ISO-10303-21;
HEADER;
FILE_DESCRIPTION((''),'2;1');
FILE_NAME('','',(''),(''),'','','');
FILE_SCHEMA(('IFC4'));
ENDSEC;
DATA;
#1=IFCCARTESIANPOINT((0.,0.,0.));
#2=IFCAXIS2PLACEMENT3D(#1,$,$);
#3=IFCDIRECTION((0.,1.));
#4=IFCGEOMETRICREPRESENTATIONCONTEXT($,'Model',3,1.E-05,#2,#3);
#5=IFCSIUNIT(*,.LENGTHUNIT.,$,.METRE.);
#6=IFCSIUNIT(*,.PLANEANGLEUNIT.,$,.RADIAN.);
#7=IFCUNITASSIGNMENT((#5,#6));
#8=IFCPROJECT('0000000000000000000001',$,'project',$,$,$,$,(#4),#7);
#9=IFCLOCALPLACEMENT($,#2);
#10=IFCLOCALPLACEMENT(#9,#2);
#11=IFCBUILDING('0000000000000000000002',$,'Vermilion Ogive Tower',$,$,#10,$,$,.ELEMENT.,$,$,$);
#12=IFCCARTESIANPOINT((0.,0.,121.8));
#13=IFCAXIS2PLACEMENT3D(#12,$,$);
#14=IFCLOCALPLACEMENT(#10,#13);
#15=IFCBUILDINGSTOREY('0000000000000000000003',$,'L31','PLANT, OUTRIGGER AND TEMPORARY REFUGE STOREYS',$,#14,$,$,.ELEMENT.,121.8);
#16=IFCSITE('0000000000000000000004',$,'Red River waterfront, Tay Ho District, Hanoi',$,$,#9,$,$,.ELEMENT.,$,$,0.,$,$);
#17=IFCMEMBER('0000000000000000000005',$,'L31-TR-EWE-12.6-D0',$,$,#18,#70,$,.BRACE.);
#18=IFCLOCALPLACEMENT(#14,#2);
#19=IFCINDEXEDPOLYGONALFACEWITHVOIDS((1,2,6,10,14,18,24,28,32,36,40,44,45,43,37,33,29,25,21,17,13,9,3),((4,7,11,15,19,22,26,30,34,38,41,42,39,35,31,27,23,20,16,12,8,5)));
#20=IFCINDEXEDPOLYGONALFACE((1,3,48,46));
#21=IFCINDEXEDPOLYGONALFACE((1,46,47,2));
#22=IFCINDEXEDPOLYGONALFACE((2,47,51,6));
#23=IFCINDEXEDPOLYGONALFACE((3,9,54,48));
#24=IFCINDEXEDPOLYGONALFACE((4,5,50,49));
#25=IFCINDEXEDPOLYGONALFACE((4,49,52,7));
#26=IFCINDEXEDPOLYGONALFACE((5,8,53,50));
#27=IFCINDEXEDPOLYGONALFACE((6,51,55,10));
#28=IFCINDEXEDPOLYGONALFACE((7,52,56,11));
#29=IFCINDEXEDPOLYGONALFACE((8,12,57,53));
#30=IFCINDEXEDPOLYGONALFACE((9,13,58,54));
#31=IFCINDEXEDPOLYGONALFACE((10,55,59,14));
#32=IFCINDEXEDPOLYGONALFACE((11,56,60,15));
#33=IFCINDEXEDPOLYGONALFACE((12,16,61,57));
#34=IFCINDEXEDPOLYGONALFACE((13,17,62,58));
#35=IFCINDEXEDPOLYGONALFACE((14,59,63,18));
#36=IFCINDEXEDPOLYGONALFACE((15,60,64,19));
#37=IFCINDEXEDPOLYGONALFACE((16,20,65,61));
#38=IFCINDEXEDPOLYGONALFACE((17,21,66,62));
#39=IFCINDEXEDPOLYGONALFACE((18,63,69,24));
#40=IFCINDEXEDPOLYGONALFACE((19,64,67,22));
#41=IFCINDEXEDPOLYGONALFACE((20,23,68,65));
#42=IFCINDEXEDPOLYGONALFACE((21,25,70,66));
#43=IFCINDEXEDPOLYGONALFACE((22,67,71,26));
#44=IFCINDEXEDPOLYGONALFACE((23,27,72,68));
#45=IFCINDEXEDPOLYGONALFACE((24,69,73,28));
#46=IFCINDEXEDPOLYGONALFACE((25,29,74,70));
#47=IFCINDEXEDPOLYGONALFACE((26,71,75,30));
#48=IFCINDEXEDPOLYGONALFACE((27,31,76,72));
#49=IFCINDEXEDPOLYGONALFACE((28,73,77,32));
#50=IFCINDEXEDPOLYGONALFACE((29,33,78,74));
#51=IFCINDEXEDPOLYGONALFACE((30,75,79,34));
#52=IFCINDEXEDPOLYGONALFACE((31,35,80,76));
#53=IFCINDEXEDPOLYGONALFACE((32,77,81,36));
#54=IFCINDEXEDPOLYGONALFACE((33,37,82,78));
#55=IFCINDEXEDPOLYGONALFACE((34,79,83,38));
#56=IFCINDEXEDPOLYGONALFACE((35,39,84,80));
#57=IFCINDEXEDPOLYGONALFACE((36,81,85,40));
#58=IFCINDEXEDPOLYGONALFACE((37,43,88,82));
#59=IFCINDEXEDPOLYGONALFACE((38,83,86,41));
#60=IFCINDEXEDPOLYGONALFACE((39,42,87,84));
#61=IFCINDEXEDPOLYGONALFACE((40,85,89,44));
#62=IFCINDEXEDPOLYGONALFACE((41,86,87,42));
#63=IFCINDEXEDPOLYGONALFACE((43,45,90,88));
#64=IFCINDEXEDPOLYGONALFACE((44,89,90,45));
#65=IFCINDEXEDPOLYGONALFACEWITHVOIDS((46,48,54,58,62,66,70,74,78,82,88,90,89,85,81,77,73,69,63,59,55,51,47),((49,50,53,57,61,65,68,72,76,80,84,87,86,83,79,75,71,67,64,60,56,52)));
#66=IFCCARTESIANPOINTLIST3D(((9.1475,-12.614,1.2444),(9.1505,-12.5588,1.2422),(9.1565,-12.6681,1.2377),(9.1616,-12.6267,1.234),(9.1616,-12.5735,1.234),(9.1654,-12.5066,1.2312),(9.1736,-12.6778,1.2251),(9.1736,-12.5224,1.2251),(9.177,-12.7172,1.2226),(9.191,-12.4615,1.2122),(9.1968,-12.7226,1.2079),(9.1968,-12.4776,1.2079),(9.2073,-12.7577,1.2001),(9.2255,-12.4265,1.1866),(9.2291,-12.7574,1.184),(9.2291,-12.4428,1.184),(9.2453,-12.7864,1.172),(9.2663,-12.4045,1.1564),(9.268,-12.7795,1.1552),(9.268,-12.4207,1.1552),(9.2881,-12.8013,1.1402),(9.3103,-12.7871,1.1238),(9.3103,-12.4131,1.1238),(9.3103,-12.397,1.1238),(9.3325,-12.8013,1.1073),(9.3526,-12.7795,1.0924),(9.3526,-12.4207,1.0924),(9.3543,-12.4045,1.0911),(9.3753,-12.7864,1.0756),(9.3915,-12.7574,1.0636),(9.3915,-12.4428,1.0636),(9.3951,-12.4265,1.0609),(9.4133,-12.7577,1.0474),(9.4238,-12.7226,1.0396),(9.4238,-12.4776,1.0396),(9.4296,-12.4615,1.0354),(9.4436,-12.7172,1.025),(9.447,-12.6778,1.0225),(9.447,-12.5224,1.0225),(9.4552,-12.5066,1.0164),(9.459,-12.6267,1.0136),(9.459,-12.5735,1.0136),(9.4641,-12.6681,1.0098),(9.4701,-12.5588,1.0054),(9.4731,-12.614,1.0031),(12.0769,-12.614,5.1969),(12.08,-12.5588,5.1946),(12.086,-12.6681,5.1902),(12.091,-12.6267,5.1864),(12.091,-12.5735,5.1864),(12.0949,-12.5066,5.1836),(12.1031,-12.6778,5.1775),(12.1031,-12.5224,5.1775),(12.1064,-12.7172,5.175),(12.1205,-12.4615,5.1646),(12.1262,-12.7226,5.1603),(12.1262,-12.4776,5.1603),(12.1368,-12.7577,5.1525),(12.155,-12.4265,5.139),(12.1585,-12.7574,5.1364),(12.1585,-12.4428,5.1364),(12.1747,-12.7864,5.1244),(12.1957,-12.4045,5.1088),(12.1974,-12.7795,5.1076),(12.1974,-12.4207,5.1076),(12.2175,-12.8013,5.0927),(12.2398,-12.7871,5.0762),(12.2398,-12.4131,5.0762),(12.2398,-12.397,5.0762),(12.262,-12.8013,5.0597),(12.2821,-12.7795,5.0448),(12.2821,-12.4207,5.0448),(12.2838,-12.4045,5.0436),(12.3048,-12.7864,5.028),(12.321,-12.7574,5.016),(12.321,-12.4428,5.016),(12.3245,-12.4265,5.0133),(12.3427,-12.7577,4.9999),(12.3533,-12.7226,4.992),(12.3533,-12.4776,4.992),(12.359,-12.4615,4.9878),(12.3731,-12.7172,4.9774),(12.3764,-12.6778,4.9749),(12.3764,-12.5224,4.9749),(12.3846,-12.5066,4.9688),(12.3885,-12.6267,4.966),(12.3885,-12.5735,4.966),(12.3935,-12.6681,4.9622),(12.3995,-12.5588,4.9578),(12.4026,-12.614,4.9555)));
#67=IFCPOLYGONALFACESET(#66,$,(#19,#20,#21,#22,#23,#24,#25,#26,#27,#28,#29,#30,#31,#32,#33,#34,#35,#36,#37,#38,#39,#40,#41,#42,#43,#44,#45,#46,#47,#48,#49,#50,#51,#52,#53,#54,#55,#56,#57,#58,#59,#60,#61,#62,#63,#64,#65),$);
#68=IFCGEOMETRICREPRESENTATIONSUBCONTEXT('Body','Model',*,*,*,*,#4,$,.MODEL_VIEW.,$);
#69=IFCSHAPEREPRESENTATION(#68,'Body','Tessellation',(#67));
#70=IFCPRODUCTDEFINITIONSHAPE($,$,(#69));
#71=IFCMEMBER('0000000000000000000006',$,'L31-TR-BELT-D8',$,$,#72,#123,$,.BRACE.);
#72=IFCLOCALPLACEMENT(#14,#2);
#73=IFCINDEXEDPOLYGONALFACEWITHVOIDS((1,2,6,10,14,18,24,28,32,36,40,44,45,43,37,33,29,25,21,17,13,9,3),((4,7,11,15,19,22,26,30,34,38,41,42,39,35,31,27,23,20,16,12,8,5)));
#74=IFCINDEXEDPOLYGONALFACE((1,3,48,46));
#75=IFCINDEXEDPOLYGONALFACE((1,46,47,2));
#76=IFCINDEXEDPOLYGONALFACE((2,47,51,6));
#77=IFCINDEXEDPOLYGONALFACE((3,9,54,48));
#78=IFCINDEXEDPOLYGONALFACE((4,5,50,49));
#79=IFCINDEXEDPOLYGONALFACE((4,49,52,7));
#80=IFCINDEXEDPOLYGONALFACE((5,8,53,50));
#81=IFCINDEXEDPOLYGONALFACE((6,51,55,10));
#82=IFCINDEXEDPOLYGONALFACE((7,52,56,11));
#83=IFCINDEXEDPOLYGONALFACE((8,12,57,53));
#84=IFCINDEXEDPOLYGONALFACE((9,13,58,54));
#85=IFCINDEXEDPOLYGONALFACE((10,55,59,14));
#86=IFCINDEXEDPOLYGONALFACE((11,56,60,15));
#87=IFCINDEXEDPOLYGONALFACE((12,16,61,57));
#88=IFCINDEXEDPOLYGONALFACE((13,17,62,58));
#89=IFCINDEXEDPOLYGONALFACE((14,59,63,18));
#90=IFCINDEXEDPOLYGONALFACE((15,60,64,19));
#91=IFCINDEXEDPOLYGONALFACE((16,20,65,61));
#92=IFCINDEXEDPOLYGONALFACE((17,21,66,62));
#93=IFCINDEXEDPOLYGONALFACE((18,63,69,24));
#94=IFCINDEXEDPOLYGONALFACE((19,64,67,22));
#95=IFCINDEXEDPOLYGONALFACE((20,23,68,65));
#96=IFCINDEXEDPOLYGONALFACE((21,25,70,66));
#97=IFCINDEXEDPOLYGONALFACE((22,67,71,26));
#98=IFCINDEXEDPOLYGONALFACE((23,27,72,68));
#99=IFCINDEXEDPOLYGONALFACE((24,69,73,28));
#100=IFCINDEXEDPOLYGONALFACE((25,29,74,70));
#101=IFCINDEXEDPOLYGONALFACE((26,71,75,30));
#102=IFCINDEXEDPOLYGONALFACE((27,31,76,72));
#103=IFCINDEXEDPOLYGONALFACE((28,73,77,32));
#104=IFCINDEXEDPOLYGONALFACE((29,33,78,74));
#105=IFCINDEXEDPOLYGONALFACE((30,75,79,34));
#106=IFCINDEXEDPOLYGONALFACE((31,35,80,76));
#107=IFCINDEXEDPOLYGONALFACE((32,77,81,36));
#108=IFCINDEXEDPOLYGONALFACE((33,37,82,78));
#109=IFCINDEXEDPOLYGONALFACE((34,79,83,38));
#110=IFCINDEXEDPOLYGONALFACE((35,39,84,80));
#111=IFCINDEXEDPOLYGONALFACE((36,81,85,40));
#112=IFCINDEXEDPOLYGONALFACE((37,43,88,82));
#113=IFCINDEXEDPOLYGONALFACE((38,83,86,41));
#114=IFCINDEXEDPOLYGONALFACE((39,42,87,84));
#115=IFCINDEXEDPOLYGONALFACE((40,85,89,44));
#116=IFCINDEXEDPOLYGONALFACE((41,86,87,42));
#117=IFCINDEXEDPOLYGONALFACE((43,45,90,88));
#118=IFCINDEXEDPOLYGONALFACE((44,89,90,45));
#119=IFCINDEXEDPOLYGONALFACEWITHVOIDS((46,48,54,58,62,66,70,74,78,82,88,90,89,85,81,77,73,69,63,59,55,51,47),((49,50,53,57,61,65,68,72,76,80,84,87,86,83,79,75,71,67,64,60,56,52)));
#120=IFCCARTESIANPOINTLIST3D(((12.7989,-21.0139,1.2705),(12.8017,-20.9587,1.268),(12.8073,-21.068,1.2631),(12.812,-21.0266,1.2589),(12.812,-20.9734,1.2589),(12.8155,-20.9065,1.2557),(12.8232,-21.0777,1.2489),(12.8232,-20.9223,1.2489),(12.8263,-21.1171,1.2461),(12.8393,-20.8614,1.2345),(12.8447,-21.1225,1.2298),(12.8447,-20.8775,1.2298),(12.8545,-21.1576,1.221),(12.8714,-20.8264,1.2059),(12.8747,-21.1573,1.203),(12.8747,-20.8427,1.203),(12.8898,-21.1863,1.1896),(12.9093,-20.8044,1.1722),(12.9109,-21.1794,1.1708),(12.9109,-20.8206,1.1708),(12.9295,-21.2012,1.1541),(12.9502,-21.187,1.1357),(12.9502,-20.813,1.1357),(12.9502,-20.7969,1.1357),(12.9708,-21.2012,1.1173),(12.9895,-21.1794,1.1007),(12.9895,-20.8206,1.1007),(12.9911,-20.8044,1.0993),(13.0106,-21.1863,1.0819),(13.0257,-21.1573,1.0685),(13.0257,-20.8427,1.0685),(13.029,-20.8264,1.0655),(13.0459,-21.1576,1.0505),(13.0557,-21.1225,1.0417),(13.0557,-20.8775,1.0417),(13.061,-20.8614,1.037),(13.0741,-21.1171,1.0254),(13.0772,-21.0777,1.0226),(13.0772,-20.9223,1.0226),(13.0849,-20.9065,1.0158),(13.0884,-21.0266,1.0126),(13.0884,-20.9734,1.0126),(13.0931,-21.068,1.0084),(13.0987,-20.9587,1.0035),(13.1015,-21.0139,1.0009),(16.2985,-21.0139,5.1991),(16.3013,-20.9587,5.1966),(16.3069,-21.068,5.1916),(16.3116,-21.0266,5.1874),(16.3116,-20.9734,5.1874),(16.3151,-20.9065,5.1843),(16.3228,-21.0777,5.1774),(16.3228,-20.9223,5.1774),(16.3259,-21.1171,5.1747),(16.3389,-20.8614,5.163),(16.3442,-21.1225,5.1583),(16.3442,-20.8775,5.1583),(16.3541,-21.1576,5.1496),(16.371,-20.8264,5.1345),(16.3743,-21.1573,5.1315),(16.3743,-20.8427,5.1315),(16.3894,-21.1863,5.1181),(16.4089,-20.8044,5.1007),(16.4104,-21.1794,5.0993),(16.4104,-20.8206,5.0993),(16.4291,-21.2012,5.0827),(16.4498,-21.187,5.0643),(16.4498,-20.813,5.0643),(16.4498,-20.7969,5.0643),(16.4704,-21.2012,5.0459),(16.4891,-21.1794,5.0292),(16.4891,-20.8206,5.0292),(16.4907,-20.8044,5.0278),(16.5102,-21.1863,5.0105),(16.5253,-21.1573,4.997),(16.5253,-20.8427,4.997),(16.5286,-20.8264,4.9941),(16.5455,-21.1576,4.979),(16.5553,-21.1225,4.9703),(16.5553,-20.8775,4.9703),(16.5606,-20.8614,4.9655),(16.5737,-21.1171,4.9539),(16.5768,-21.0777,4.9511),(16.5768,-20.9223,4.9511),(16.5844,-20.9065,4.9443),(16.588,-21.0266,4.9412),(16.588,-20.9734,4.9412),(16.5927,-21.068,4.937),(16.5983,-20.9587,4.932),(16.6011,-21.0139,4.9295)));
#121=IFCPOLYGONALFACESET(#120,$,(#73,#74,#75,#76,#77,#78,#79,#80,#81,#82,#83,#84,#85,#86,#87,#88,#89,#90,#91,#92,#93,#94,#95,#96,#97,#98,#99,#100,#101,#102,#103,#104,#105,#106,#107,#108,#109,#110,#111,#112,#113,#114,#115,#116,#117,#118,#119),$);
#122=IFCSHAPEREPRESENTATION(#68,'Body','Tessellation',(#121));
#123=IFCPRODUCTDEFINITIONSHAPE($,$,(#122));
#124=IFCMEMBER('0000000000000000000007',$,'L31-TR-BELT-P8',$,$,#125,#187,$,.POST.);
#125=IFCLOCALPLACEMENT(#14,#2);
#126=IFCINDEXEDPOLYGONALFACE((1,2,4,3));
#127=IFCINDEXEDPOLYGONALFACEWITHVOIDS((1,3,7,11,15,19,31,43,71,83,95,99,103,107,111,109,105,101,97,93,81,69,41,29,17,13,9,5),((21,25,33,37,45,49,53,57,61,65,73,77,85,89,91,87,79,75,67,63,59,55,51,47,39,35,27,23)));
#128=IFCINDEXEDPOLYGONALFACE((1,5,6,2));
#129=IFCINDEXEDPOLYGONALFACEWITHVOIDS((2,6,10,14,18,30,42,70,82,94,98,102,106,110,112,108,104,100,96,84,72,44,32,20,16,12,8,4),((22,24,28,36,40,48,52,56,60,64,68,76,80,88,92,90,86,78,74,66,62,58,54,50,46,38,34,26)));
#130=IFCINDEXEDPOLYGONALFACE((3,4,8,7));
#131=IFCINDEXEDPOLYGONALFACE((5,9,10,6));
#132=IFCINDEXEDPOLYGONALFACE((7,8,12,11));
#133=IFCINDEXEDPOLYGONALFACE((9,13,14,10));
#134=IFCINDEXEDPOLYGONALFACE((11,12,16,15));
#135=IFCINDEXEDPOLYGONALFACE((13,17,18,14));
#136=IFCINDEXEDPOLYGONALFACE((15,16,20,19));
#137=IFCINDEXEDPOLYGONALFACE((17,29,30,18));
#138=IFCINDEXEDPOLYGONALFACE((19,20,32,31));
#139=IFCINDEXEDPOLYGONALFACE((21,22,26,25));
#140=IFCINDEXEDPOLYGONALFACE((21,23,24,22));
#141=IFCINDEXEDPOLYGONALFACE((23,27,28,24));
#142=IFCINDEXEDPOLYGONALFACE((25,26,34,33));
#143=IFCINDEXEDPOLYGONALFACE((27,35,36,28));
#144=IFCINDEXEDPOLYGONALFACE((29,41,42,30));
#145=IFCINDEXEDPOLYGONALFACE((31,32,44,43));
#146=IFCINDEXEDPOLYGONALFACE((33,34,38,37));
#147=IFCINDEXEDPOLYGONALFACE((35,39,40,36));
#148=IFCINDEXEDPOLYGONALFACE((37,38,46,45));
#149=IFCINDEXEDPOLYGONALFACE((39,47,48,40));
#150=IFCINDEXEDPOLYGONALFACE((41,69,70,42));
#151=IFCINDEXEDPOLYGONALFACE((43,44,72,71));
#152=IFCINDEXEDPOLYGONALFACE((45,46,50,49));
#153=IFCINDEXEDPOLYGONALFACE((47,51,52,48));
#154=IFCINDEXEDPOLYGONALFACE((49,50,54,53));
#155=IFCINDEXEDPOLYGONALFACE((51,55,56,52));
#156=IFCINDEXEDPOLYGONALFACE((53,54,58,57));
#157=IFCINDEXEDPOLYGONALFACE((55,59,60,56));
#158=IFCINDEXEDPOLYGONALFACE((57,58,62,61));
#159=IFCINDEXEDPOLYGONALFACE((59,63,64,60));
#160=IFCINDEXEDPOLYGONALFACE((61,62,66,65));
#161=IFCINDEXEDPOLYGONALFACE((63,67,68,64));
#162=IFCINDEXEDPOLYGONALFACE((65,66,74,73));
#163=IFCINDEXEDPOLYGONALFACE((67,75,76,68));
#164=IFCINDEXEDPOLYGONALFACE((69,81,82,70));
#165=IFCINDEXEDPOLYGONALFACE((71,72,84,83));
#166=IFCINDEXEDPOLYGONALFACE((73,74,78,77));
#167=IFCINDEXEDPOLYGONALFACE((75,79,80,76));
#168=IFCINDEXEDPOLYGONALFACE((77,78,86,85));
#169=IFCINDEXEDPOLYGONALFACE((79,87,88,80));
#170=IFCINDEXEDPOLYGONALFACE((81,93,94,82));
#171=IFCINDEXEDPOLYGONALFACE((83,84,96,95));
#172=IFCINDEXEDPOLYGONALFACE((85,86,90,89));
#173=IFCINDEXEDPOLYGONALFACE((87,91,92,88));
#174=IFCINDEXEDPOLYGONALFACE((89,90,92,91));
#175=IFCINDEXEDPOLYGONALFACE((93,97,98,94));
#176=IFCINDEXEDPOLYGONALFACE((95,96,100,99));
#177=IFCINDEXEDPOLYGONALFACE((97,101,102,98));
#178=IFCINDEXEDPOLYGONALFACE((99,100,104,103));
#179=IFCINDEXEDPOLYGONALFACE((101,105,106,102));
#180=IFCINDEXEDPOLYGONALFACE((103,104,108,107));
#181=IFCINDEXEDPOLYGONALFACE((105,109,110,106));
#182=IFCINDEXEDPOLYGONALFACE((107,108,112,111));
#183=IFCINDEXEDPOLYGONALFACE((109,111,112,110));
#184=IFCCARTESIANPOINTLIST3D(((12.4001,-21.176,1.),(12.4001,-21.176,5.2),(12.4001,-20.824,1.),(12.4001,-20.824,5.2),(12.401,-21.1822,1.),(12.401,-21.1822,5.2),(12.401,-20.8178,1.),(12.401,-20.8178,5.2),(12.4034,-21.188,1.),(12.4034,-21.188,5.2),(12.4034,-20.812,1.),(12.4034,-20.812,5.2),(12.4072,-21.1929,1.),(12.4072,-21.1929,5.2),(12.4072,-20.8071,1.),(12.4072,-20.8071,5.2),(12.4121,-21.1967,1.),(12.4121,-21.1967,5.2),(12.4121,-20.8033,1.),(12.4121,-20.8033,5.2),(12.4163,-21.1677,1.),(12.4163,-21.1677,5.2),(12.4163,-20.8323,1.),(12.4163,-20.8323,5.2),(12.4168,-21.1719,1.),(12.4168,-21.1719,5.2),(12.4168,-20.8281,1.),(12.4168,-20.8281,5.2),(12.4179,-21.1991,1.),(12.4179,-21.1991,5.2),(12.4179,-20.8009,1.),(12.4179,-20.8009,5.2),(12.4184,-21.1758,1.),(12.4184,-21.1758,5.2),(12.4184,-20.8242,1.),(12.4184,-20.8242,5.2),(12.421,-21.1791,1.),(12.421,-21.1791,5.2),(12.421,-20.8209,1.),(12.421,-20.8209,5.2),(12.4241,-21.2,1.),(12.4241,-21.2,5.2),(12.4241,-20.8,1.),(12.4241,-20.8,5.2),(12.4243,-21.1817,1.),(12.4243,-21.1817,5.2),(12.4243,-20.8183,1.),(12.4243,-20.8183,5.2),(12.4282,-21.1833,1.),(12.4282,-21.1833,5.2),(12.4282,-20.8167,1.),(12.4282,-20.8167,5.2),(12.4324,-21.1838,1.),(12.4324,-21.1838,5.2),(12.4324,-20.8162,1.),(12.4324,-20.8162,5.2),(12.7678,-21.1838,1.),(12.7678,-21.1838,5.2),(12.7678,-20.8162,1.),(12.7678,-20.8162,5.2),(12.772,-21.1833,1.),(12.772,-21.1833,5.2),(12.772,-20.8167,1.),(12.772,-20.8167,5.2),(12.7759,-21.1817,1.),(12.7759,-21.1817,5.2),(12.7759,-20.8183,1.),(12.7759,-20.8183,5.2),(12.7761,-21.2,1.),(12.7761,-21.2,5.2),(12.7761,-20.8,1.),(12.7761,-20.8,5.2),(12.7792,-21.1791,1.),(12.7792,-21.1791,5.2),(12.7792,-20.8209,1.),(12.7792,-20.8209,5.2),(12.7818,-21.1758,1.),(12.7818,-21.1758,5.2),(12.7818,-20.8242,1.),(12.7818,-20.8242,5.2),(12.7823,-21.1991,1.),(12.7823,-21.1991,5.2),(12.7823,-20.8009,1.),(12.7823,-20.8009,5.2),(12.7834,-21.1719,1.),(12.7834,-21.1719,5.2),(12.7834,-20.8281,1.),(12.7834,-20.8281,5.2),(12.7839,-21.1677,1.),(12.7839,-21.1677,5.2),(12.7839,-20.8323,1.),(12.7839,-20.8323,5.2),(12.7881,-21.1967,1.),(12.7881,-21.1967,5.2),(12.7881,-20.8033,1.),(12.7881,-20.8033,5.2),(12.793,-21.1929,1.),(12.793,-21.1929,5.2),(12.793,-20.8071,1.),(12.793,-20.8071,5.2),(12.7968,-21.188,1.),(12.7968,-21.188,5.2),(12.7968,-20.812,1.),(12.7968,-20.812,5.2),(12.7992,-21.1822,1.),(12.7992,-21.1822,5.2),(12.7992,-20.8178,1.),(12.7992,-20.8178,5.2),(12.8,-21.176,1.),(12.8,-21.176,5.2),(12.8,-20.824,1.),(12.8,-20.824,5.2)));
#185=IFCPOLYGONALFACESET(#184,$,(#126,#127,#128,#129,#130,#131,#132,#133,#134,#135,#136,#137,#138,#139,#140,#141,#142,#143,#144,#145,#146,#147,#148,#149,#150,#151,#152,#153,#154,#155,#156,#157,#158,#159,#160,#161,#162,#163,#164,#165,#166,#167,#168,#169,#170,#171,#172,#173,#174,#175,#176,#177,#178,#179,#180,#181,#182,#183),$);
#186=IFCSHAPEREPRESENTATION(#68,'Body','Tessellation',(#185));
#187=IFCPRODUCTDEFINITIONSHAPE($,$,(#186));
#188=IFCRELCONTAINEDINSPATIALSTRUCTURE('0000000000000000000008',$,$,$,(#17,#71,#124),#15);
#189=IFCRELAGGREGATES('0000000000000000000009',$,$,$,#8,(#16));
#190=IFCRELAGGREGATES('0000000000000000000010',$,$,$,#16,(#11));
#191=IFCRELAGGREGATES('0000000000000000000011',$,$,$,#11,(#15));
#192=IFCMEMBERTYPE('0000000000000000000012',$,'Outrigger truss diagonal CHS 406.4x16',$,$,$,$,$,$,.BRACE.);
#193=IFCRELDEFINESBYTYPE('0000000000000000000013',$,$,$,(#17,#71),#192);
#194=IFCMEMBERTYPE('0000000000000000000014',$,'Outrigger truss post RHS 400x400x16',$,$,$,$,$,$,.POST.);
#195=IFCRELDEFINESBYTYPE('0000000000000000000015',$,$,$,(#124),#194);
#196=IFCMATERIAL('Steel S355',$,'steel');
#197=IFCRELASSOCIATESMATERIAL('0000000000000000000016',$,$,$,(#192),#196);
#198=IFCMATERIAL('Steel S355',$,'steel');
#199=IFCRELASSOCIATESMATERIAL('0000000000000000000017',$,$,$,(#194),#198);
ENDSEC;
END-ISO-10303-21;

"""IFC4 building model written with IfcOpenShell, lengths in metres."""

from ifc_helpers import new_model, si_unit, direction, frame, origin, origin_2d, place, context, subcontext, project, spatial, hollow_rectangle, hollow_circle, extrude, material, material_profile, profile_set, type_object, element, save


model = new_model("IFC4")

# Units and contexts
model_context = context("Model", 3, precision=1e-05, world=origin(), true_north=direction((0.0, 1.0)))
body_context = subcontext(model_context, "Body", "Model", "MODEL_VIEW")
ifc_project = project(units=[si_unit("LENGTHUNIT", "METRE"), si_unit("PLANEANGLEUNIT", "RADIAN")], contexts=[model_context])

# Site, building, storey
site_placement = place(None, origin())
site = spatial("IfcSite", under=ifc_project, at=site_placement, Name="Red River waterfront, Tay Ho District, Hanoi", CompositionType="ELEMENT", RefElevation=0.0)
building_placement = place(site_placement, origin())
building = spatial("IfcBuilding", under=site, at=building_placement, Name="Vermilion Ogive Tower", CompositionType="ELEMENT")
storey_placement = place(building_placement, frame((0.0, 0.0, 121.8)))
storey = spatial("IfcBuildingStorey", under=building, at=storey_placement, Name="L31", Description="PLANT, OUTRIGGER AND TEMPORARY REFUGE STOREYS", CompositionType="ELEMENT", Elevation=121.8)

# Members
ifc_material_1 = material(Name="Steel S355", Category="steel")
ifc_material_profile_1 = material_profile(ifc_material_1, hollow_circle(Radius=0.2031, WallThickness=0.0161, at=origin_2d()), Name="CHS 406.4x16")
ifc_profile_set_1 = profile_set([ifc_material_profile_1], Name="Steel S355")
member_type_1 = type_object("IfcMemberType", Name="Outrigger truss diagonal CHS 406.4x16", PredefinedType="BRACE", material=ifc_profile_set_1)
member_1_placement = place(storey_placement, frame((9.3103, -12.6001, 1.1238), z_axis=(0.595457, 0.0, 0.803387), x_axis=(0.0, 1.0, 0.0)))
element("IfcMember", 1, at=member_1_placement, inside=storey, type_object=member_type_1, Name="L31-TR-EWE-12.6-D0", PredefinedType="BRACE", context=body_context, shape_type="SweptSolid", body=[
    extrude(hollow_circle(Radius=0.2031, WallThickness=0.0161, at=origin_2d()), origin(), (0.0, 0.0, 1.0), 4.9197),
])
member_2_placement = place(storey_placement, frame((12.9502, -21.0, 1.1357), z_axis=(0.665164, 0.0, 0.746697), x_axis=(0.0, 1.0, 0.0)))
element("IfcMember", 2, at=member_2_placement, inside=storey, type_object=member_type_1, Name="L31-TR-BELT-D8", PredefinedType="BRACE", context=body_context, shape_type="SweptSolid", body=[
    extrude(hollow_circle(Radius=0.2031, WallThickness=0.0161, at=origin_2d()), origin(), (0.0, 0.0, 1.0), 5.2612),
])
ifc_material_2 = material(Name="Steel S355", Category="steel")
ifc_material_profile_2 = material_profile(ifc_material_2, hollow_rectangle(XDim=0.3999, YDim=0.3999, WallThickness=0.0161, InnerFilletRadius=0.0161, OuterFilletRadius=0.0239, at=origin_2d()), Name="RHS 400x400x16")
ifc_profile_set_2 = profile_set([ifc_material_profile_2], Name="Steel S355")
member_type_2 = type_object("IfcMemberType", Name="Outrigger truss post RHS 400x400x16", PredefinedType="POST", material=ifc_profile_set_2)
for number, where, z_axis, x_axis, name in (
    (3, (12.6001, -21.0, 1.0), (0.0, 0.0, 1.0), (1.0, 0.0, 0.0), "L31-TR-BELT-P8"),
):
    element("IfcMember", number, at=place(storey_placement, frame(where, z_axis=z_axis, x_axis=x_axis)), inside=storey, type_object=member_type_2, Name=name, PredefinedType="POST", context=body_context, shape_type="SweptSolid", body=[
        extrude(hollow_rectangle(XDim=0.3999, YDim=0.3999, WallThickness=0.0161, InnerFilletRadius=0.0161, OuterFilletRadius=0.0239, at=origin_2d()), origin(), (0.0, 0.0, 1.0), 4.2),
    ])

save(model, "model.ifc")
